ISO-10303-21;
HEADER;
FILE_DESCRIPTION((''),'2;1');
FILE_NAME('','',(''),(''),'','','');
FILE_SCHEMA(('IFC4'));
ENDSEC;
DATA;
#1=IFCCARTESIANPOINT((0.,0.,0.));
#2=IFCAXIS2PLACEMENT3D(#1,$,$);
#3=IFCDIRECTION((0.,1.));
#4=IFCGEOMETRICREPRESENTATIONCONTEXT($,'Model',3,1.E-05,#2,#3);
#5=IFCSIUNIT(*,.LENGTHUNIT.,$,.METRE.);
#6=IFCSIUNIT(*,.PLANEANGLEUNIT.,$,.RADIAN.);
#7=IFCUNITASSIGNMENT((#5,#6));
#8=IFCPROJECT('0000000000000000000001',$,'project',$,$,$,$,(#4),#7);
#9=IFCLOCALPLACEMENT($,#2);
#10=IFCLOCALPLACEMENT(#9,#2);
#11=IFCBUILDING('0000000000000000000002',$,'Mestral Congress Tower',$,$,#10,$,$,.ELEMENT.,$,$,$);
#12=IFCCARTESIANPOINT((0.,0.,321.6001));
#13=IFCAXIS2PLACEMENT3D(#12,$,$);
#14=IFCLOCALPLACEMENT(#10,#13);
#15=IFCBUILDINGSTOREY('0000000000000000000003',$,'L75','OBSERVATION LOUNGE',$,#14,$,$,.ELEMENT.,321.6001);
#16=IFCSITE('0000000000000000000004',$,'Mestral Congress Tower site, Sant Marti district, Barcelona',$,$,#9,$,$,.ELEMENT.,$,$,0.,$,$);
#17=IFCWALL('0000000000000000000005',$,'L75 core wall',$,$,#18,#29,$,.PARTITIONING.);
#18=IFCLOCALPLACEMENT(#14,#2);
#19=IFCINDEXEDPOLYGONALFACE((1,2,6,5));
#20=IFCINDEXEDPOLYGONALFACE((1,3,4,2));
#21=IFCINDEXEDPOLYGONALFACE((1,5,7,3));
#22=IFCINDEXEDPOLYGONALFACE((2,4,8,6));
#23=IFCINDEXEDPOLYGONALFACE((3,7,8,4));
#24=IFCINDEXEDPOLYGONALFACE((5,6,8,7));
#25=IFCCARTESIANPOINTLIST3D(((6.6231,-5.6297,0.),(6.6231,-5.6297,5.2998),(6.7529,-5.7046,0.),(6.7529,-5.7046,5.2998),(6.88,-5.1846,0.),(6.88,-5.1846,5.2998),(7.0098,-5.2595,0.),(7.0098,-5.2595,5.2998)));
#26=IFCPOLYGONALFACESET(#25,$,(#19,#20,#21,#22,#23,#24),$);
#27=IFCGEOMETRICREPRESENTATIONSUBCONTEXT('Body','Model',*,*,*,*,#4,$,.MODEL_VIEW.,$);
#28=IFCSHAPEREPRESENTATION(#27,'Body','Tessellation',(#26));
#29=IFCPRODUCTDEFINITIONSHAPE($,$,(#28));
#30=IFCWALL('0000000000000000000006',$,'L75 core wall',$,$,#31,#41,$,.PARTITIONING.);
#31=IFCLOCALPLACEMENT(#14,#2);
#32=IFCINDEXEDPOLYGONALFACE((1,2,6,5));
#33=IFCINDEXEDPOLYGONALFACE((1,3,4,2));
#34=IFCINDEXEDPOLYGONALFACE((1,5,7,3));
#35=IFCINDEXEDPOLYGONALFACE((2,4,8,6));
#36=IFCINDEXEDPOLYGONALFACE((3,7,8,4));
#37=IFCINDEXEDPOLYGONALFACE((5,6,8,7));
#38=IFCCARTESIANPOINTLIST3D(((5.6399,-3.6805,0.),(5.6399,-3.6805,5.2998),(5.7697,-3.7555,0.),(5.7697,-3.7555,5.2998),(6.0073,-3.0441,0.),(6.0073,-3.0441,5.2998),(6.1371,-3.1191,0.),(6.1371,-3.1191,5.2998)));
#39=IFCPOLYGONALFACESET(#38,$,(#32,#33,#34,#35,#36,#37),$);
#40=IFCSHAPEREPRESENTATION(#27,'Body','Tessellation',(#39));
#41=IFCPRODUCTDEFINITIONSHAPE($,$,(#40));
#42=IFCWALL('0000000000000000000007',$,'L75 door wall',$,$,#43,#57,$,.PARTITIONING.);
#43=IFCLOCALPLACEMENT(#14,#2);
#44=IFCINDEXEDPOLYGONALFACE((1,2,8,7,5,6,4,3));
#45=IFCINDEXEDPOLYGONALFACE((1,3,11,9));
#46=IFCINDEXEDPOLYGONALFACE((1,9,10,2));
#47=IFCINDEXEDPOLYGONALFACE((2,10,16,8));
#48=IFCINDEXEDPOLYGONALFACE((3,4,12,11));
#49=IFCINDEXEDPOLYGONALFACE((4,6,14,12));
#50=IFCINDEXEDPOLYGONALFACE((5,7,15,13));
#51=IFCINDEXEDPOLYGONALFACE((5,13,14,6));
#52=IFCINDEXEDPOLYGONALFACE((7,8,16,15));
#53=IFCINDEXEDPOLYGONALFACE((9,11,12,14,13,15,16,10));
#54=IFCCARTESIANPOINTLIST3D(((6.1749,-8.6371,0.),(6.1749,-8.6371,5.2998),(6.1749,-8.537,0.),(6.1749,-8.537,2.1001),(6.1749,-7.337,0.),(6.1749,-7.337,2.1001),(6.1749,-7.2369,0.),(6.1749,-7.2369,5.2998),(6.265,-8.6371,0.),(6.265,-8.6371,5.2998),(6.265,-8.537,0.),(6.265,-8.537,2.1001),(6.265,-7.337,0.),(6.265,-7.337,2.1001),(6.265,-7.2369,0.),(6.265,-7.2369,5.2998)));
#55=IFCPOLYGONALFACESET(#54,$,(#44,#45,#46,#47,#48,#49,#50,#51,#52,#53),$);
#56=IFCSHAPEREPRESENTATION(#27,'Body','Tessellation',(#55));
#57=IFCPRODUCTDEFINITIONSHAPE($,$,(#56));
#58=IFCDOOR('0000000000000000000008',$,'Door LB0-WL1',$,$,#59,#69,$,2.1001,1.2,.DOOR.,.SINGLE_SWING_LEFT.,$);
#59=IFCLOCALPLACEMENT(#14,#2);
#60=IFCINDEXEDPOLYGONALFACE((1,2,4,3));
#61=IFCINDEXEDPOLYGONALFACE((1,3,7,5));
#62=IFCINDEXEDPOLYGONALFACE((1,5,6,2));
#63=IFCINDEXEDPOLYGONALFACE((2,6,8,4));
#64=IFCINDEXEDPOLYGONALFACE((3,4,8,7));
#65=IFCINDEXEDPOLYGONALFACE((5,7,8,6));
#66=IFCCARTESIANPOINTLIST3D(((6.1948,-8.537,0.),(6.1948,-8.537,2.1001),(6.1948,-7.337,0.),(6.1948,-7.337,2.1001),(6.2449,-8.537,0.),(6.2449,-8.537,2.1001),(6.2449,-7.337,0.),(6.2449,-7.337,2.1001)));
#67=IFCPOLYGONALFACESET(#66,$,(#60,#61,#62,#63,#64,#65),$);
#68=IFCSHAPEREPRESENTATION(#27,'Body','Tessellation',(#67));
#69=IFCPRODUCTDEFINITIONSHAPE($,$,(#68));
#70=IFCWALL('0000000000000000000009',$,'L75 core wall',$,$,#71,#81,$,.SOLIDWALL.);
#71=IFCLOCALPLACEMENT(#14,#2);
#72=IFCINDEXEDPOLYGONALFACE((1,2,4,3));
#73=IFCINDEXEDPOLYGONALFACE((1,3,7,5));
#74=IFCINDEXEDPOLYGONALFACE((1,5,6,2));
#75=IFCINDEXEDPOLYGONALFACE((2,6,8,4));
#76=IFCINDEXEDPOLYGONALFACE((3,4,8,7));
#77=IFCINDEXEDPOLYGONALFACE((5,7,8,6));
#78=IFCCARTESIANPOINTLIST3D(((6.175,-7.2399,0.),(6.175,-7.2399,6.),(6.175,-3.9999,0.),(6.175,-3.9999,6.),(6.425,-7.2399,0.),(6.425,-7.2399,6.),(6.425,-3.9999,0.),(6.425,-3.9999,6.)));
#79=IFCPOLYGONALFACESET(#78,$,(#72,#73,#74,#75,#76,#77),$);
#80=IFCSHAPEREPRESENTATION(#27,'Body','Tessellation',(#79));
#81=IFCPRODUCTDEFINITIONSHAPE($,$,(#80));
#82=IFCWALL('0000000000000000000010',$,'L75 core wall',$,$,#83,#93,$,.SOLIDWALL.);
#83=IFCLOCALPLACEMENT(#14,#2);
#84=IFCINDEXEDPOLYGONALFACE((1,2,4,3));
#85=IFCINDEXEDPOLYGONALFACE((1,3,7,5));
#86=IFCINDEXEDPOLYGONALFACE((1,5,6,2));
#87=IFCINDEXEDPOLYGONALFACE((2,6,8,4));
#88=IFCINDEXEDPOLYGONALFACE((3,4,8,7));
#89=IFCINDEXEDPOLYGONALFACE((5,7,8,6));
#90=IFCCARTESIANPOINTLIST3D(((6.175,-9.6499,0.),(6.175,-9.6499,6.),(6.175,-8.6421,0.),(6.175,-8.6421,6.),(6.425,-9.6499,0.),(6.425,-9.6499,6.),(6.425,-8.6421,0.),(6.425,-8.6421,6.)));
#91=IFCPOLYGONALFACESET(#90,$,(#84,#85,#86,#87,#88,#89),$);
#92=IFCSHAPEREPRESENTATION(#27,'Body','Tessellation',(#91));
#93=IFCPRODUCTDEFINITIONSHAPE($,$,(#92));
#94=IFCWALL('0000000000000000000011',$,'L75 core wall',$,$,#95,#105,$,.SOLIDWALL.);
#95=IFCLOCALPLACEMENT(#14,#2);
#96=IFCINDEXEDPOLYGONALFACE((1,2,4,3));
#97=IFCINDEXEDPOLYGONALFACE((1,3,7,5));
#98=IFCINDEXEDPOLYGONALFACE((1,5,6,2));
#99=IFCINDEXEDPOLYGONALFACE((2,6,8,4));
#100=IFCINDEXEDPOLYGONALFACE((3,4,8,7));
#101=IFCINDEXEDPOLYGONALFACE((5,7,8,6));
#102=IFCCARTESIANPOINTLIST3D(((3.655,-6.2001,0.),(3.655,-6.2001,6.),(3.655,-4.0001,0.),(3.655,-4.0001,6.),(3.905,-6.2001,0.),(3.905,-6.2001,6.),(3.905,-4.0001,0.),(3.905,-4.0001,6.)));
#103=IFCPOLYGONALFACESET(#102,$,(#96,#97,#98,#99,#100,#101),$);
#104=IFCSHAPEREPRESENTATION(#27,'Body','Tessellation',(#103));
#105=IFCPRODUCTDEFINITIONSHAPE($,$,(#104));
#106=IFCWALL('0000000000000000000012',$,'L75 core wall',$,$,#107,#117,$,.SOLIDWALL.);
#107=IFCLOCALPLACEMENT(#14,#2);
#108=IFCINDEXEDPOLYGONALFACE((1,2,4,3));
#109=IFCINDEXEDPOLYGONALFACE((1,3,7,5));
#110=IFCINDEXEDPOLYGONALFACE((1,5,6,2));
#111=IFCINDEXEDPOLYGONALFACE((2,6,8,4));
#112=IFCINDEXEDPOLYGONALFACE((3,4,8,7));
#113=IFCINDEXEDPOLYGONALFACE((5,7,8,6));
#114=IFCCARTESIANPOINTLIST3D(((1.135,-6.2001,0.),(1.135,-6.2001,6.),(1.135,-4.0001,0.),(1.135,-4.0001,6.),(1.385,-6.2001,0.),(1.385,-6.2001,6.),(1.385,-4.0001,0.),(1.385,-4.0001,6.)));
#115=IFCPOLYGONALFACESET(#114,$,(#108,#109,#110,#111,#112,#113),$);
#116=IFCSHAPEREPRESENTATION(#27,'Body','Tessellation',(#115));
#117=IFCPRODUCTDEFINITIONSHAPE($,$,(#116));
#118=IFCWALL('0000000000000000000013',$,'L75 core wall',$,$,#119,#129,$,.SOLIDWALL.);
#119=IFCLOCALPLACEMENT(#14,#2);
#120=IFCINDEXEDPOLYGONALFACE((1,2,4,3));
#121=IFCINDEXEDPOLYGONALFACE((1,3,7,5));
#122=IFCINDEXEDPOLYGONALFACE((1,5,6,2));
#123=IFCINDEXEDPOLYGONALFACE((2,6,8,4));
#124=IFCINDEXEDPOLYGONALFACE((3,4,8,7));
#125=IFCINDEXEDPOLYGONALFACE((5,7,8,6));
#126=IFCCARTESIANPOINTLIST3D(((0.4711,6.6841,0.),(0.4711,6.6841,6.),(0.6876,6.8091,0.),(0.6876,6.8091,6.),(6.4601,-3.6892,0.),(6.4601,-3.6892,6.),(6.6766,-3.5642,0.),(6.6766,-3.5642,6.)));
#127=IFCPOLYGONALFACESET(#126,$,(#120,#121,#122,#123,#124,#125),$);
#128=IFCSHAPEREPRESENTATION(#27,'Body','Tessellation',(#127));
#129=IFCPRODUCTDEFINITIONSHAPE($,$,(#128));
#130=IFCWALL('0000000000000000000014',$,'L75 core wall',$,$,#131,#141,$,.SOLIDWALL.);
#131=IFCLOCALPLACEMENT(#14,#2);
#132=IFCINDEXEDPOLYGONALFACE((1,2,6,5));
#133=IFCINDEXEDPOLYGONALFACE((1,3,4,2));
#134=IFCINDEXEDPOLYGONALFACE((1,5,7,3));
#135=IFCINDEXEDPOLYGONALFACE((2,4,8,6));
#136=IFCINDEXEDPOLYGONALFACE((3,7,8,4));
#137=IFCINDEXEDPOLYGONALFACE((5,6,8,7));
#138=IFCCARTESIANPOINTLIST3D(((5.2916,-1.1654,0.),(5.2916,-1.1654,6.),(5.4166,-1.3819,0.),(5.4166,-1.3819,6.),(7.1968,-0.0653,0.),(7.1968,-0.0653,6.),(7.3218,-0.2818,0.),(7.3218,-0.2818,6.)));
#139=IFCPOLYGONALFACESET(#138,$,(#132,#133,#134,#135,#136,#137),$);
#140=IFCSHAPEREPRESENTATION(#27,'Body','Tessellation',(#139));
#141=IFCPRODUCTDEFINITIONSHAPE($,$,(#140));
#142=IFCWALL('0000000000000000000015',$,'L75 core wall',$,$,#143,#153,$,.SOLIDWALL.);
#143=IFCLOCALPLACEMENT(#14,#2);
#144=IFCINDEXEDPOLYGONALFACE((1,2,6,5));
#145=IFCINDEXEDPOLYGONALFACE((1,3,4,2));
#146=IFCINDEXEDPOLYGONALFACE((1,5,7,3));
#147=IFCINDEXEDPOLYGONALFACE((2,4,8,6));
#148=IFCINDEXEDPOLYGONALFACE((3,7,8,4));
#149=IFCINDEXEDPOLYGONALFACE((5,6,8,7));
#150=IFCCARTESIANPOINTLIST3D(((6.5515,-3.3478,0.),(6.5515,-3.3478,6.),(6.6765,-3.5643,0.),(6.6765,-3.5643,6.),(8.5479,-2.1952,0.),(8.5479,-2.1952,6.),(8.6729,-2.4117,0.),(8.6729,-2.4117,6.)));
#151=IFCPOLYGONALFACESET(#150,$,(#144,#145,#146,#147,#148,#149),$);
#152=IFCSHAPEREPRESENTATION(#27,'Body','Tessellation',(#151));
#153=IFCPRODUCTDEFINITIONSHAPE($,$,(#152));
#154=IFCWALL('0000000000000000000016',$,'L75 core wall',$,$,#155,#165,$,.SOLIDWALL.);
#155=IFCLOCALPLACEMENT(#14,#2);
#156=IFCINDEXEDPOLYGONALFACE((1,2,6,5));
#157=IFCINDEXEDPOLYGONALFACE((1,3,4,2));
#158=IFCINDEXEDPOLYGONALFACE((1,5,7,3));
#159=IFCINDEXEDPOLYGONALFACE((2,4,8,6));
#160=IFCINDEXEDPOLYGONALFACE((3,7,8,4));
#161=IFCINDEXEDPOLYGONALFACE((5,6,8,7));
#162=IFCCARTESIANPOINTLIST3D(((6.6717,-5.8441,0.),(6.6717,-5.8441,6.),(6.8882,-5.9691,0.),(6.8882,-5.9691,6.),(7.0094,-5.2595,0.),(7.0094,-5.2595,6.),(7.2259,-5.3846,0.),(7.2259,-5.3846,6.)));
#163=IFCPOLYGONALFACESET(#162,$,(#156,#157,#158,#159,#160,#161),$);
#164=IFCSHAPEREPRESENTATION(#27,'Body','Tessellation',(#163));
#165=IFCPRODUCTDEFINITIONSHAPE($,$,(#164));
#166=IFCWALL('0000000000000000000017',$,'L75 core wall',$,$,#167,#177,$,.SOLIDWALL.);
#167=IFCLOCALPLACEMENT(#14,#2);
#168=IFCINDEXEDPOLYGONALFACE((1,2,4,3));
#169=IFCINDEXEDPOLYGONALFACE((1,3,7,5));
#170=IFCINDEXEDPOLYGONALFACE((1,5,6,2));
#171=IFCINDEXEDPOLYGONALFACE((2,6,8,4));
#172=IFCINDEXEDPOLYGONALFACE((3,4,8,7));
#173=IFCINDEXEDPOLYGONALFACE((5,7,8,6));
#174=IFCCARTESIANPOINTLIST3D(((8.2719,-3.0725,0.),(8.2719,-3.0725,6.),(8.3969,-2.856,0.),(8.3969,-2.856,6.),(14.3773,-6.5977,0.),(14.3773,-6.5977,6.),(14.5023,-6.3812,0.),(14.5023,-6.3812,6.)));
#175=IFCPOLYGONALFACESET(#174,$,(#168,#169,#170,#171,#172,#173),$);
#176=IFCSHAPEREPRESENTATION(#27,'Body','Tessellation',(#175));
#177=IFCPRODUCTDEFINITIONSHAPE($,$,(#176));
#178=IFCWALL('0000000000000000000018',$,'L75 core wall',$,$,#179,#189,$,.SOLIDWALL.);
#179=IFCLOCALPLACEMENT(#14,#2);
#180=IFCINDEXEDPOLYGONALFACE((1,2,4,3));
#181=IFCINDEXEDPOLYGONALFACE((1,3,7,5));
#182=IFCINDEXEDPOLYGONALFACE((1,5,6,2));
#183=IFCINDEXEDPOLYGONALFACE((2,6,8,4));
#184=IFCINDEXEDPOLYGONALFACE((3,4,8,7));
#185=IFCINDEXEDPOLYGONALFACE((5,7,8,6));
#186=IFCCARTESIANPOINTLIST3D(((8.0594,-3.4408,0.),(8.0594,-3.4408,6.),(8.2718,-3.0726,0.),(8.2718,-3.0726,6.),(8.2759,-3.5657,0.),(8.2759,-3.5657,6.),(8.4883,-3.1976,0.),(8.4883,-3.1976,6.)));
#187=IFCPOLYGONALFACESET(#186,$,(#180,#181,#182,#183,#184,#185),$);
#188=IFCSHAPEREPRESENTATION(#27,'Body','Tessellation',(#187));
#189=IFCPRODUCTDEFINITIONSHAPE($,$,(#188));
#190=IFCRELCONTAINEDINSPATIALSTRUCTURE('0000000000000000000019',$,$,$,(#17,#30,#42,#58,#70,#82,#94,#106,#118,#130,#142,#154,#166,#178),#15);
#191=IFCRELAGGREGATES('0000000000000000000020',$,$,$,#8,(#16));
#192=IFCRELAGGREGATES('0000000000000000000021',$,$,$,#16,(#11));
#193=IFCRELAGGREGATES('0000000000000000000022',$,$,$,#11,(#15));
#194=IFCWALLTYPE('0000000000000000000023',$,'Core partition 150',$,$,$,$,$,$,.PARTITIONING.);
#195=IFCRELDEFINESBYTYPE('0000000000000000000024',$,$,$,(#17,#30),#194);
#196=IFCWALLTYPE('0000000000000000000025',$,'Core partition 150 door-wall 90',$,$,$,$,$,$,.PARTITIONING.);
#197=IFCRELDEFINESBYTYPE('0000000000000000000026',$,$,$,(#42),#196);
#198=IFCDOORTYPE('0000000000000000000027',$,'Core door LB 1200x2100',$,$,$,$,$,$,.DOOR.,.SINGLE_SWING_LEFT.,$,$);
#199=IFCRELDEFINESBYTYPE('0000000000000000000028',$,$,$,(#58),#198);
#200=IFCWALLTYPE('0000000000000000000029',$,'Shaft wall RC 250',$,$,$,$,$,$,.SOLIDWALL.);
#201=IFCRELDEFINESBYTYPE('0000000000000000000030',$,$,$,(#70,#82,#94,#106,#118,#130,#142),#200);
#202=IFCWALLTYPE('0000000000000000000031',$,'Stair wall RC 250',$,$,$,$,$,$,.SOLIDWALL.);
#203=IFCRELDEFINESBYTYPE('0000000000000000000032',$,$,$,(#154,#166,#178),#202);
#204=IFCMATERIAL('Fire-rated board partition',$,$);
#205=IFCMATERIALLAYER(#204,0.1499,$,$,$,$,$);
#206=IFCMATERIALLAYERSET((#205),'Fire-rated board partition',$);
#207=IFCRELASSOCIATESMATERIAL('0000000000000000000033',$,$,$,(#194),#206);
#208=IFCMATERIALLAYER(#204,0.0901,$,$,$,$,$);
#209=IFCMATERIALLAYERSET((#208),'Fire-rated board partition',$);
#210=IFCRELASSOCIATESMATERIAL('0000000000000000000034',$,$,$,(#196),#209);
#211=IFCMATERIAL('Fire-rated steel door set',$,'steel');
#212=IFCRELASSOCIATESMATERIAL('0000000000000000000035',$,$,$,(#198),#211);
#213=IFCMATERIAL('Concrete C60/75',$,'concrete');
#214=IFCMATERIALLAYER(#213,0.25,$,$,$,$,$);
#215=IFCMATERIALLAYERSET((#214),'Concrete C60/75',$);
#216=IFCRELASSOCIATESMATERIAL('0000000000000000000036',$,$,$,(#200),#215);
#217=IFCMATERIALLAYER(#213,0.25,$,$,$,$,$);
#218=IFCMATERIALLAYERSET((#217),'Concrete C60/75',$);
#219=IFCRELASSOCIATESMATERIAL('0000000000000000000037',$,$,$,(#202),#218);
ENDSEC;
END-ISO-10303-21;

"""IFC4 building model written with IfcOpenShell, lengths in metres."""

from ifc_helpers import new_model, si_unit, direction, frame, frame_2d, origin, place, context, subcontext, project, spatial, rectangle, extrude, material, layer, layer_set, type_object, element, fill, save


model = new_model("IFC4")

# Units and contexts
model_context = context("Model", 3, precision=1e-05, world=origin(), true_north=direction((0.0, 1.0)))
body_context = subcontext(model_context, "Body", "Model", "MODEL_VIEW")
ifc_project = project(units=[si_unit("LENGTHUNIT", "METRE"), si_unit("PLANEANGLEUNIT", "RADIAN")], contexts=[model_context])

# Site, building, storey
site_placement = place(None, origin())
site = spatial("IfcSite", under=ifc_project, at=site_placement, Name="Mestral Congress Tower site, Sant Marti district, Barcelona", CompositionType="ELEMENT", RefElevation=0.0)
building_placement = place(site_placement, origin())
building = spatial("IfcBuilding", under=site, at=building_placement, Name="Mestral Congress Tower", CompositionType="ELEMENT")
storey_placement = place(building_placement, frame((0.0, 0.0, 321.6001)))
storey = spatial("IfcBuildingStorey", under=building, at=storey_placement, Name="L75", Description="OBSERVATION LOUNGE", CompositionType="ELEMENT", Elevation=321.6001)

# Walls
ifc_material_1 = material(Name="Fire-rated board partition")
ifc_layer_1 = layer(ifc_material_1, 0.1499)
ifc_layer_set_1 = layer_set([ifc_layer_1], Name="Fire-rated board partition")
wall_type_1 = type_object("IfcWallType", Name="Core partition 150", PredefinedType="PARTITIONING", material=ifc_layer_set_1)
wall_1_placement = place(storey_placement, frame((6.9448, -5.2222, 0.0), z_axis=(0.0, 0.0, 1.0), x_axis=(-0.499818, -0.86613, 0.0)))
element("IfcWall", 1, at=wall_1_placement, inside=storey, type_object=wall_type_1, Name="L75 core wall", PredefinedType="PARTITIONING", context=body_context, shape_type="SweptSolid", body=[
    extrude(rectangle(XDim=0.5139, YDim=0.1499, at=frame_2d((0.2568, 0.0))), origin(), (0.0, 0.0, 1.0), 5.2998),
])
wall_2_placement = place(storey_placement, frame((5.7048, -3.718, 0.0), z_axis=(0.0, 0.0, 1.0), x_axis=(0.499962, 0.866047, 0.0)))
element("IfcWall", 2, at=wall_2_placement, inside=storey, type_object=wall_type_1, Name="L75 core wall", PredefinedType="PARTITIONING", context=body_context, shape_type="SweptSolid", body=[
    extrude(rectangle(XDim=0.7349, YDim=0.1499, at=frame_2d((0.3674, 0.0))), origin(), (0.0, 0.0, 1.0), 5.2998),
])

# Wall, opening, door
ifc_layer_2 = layer(ifc_material_1, 0.0901)
ifc_layer_set_2 = layer_set([ifc_layer_2], Name="Fire-rated board partition")
wall_type_2 = type_object("IfcWallType", Name="Core partition 150 door-wall 90", PredefinedType="PARTITIONING", material=ifc_layer_set_2)
wall_3_placement = place(storey_placement, frame((6.22, -7.2368, 0.0), z_axis=(0.0, 0.0, 1.0), x_axis=(0.0, -1.0, 0.0)))
wall_3 = element("IfcWall", 3, at=wall_3_placement, inside=storey, type_object=wall_type_2, Name="L75 door wall", PredefinedType="PARTITIONING", context=body_context, shape_type="SweptSolid", body=[
    extrude(rectangle(XDim=1.4001, YDim=0.0901, at=frame_2d((0.7002, 0.0))), origin(), (0.0, 0.0, 1.0), 5.2998),
])
opening_1_placement = place(wall_3_placement, frame((0.1001, 0.0, 0.0)))
opening_1 = element("IfcOpeningElement", 4, at=opening_1_placement, cuts=wall_3, PredefinedType="OPENING", context=body_context, shape_type="SweptSolid", body=[
    extrude(rectangle(XDim=1.2, YDim=2.1001, at=frame_2d((0.6001, 1.05))), frame((0.0, 0.0549, 0.0), z_axis=(0.0, -1.0, 0.0), x_axis=(1.0, 0.0, 0.0)), (0.0, 0.0, 1.0), 0.1101),
])
ifc_material_2 = material(Name="Fire-rated steel door set", Category="steel")
door_type_1 = type_object("IfcDoorType", Name="Core door LB 1200x2100", OperationType="SINGLE_SWING_LEFT", PredefinedType="DOOR", material=ifc_material_2)
door_1_placement = place(opening_1_placement, origin())
door_1 = element("IfcDoor", 5, at=door_1_placement, inside=storey, type_object=door_type_1, Name="Door LB0-WL1", OperationType="SINGLE_SWING_LEFT", OverallHeight=2.1001, OverallWidth=1.2, PredefinedType="DOOR", context=body_context, shape_type="SweptSolid", body=[
    extrude(rectangle(XDim=1.2, YDim=2.1001, at=frame_2d((0.6001, 1.05))), frame((0.0, 0.0249, 0.0), z_axis=(0.0, -1.0, 0.0), x_axis=(1.0, 0.0, 0.0)), (0.0, 0.0, 1.0), 0.05),
])
fill(opening_1, door_1)

# Walls
ifc_material_3 = material(Name="Concrete C60/75", Category="concrete")
ifc_layer_3 = layer(ifc_material_3, 0.25)
ifc_layer_set_3 = layer_set([ifc_layer_3], Name="Concrete C60/75")
wall_type_3 = type_object("IfcWallType", Name="Shaft wall RC 250", PredefinedType="SOLIDWALL", material=ifc_layer_set_3)
wall_4_placement = place(storey_placement, frame((6.3, -7.24, 0.0), z_axis=(0.0, 0.0, 1.0), x_axis=(0.0, 1.0, 0.0)))
element("IfcWall", 6, at=wall_4_placement, inside=storey, type_object=wall_type_3, Name="L75 core wall", PredefinedType="SOLIDWALL", context=body_context, shape_type="SweptSolid", body=[
    extrude(rectangle(XDim=3.24, YDim=0.25, at=frame_2d((1.6201, 0.0))), origin(), (0.0, 0.0, 1.0), 6.0),
])
wall_5_placement = place(storey_placement, frame((6.3, -9.6499, 0.0), z_axis=(0.0, 0.0, 1.0), x_axis=(0.0, 1.0, 0.0)))
element("IfcWall", 7, at=wall_5_placement, inside=storey, type_object=wall_type_3, Name="L75 core wall", PredefinedType="SOLIDWALL", context=body_context, shape_type="SweptSolid", body=[
    extrude(rectangle(XDim=1.0078, YDim=0.25, at=frame_2d((0.5039, 0.0))), origin(), (0.0, 0.0, 1.0), 6.0),
])
for number, where, z_axis, x_axis, name in (
    (8, (3.78, -4.0, 0.0), (0.0, 0.0, 1.0), (0.0, -1.0, 0.0), "L75 core wall"),
    (9, (1.26, -4.0, 0.0), (0.0, 0.0, 1.0), (0.0, -1.0, 0.0), "L75 core wall"),
):
    element("IfcWall", number, at=place(storey_placement, frame(where, z_axis=z_axis, x_axis=x_axis)), inside=storey, type_object=wall_type_3, Name=name, PredefinedType="SOLIDWALL", context=body_context, shape_type="SweptSolid", body=[
        extrude(rectangle(XDim=2.2, YDim=0.25, at=frame_2d((1.1001, 0.0))), origin(), (0.0, 0.0, 1.0), 6.0),
    ])
wall_6_placement = place(storey_placement, frame((6.5684, -3.6267, 0.0), z_axis=(0.0, 0.0, 1.0), x_axis=(-0.499999, 0.866026, 0.0)))
element("IfcWall", 10, at=wall_6_placement, inside=storey, type_object=wall_type_3, Name="L75 core wall", PredefinedType="SOLIDWALL", context=body_context, shape_type="SweptSolid", body=[
    extrude(rectangle(XDim=11.978, YDim=0.25, at=frame_2d((5.989, 0.0))), origin(), (0.0, 0.0, 1.0), 6.0),
])
wall_7_placement = place(storey_placement, frame((5.354, -1.2737, 0.0), z_axis=(0.0, 0.0, 1.0), x_axis=(0.866008, 0.50003, 0.0)))
element("IfcWall", 11, at=wall_7_placement, inside=storey, type_object=wall_type_3, Name="L75 core wall", PredefinedType="SOLIDWALL", context=body_context, shape_type="SweptSolid", body=[
    extrude(rectangle(XDim=2.2, YDim=0.25, at=frame_2d((1.1001, 0.0))), origin(), (0.0, 0.0, 1.0), 6.0),
])
wall_8_placement = place(storey_placement, frame((6.614, -3.4561, 0.0), z_axis=(0.0, 0.0, 1.0), x_axis=(0.866025, 0.500001, 0.0)))
element("IfcWall", 12, at=wall_8_placement, inside=storey, type_object=wall_type_3, Name="L75 core wall", PredefinedType="SOLIDWALL", context=body_context, shape_type="SweptSolid", body=[
    extrude(rectangle(XDim=2.3052, YDim=0.25, at=frame_2d((1.1526, 0.0))), origin(), (0.0, 0.0, 1.0), 6.0),
])
ifc_layer_4 = layer(ifc_material_3, 0.25)
ifc_layer_set_4 = layer_set([ifc_layer_4], Name="Concrete C60/75")
wall_type_4 = type_object("IfcWallType", Name="Stair wall RC 250", PredefinedType="SOLIDWALL", material=ifc_layer_set_4)
wall_9_placement = place(storey_placement, frame((6.78, -5.9065, 0.0), z_axis=(0.0, 0.0, 1.0), x_axis=(0.500223, 0.865896, 0.0)))
element("IfcWall", 13, at=wall_9_placement, inside=storey, type_object=wall_type_4, Name="L75 core wall", PredefinedType="SOLIDWALL", context=body_context, shape_type="SweptSolid", body=[
    extrude(rectangle(XDim=0.675, YDim=0.25, at=frame_2d((0.3374, 0.0))), origin(), (0.0, 0.0, 1.0), 6.0),
])
wall_10_placement = place(storey_placement, frame((8.3345, -2.9644, 0.0), z_axis=(0.0, 0.0, 1.0), x_axis=(0.866016, -0.500016, 0.0)))
element("IfcWall", 14, at=wall_10_placement, inside=storey, type_object=wall_type_4, Name="L75 core wall", PredefinedType="SOLIDWALL", context=body_context, shape_type="SweptSolid", body=[
    extrude(rectangle(XDim=7.05, YDim=0.25, at=frame_2d((3.5249, 0.0))), origin(), (0.0, 0.0, 1.0), 6.0),
])
wall_11_placement = place(storey_placement, frame((8.1677, -3.5032, 0.0), z_axis=(0.0, 0.0, 1.0), x_axis=(0.499722, 0.866186, 0.0)))
element("IfcWall", 15, at=wall_11_placement, inside=storey, type_object=wall_type_4, Name="L75 core wall", PredefinedType="SOLIDWALL", context=body_context, shape_type="SweptSolid", body=[
    extrude(rectangle(XDim=0.425, YDim=0.25, at=frame_2d((0.2124, 0.0))), origin(), (0.0, 0.0, 1.0), 6.0),
])

save(model, "model.ifc")
